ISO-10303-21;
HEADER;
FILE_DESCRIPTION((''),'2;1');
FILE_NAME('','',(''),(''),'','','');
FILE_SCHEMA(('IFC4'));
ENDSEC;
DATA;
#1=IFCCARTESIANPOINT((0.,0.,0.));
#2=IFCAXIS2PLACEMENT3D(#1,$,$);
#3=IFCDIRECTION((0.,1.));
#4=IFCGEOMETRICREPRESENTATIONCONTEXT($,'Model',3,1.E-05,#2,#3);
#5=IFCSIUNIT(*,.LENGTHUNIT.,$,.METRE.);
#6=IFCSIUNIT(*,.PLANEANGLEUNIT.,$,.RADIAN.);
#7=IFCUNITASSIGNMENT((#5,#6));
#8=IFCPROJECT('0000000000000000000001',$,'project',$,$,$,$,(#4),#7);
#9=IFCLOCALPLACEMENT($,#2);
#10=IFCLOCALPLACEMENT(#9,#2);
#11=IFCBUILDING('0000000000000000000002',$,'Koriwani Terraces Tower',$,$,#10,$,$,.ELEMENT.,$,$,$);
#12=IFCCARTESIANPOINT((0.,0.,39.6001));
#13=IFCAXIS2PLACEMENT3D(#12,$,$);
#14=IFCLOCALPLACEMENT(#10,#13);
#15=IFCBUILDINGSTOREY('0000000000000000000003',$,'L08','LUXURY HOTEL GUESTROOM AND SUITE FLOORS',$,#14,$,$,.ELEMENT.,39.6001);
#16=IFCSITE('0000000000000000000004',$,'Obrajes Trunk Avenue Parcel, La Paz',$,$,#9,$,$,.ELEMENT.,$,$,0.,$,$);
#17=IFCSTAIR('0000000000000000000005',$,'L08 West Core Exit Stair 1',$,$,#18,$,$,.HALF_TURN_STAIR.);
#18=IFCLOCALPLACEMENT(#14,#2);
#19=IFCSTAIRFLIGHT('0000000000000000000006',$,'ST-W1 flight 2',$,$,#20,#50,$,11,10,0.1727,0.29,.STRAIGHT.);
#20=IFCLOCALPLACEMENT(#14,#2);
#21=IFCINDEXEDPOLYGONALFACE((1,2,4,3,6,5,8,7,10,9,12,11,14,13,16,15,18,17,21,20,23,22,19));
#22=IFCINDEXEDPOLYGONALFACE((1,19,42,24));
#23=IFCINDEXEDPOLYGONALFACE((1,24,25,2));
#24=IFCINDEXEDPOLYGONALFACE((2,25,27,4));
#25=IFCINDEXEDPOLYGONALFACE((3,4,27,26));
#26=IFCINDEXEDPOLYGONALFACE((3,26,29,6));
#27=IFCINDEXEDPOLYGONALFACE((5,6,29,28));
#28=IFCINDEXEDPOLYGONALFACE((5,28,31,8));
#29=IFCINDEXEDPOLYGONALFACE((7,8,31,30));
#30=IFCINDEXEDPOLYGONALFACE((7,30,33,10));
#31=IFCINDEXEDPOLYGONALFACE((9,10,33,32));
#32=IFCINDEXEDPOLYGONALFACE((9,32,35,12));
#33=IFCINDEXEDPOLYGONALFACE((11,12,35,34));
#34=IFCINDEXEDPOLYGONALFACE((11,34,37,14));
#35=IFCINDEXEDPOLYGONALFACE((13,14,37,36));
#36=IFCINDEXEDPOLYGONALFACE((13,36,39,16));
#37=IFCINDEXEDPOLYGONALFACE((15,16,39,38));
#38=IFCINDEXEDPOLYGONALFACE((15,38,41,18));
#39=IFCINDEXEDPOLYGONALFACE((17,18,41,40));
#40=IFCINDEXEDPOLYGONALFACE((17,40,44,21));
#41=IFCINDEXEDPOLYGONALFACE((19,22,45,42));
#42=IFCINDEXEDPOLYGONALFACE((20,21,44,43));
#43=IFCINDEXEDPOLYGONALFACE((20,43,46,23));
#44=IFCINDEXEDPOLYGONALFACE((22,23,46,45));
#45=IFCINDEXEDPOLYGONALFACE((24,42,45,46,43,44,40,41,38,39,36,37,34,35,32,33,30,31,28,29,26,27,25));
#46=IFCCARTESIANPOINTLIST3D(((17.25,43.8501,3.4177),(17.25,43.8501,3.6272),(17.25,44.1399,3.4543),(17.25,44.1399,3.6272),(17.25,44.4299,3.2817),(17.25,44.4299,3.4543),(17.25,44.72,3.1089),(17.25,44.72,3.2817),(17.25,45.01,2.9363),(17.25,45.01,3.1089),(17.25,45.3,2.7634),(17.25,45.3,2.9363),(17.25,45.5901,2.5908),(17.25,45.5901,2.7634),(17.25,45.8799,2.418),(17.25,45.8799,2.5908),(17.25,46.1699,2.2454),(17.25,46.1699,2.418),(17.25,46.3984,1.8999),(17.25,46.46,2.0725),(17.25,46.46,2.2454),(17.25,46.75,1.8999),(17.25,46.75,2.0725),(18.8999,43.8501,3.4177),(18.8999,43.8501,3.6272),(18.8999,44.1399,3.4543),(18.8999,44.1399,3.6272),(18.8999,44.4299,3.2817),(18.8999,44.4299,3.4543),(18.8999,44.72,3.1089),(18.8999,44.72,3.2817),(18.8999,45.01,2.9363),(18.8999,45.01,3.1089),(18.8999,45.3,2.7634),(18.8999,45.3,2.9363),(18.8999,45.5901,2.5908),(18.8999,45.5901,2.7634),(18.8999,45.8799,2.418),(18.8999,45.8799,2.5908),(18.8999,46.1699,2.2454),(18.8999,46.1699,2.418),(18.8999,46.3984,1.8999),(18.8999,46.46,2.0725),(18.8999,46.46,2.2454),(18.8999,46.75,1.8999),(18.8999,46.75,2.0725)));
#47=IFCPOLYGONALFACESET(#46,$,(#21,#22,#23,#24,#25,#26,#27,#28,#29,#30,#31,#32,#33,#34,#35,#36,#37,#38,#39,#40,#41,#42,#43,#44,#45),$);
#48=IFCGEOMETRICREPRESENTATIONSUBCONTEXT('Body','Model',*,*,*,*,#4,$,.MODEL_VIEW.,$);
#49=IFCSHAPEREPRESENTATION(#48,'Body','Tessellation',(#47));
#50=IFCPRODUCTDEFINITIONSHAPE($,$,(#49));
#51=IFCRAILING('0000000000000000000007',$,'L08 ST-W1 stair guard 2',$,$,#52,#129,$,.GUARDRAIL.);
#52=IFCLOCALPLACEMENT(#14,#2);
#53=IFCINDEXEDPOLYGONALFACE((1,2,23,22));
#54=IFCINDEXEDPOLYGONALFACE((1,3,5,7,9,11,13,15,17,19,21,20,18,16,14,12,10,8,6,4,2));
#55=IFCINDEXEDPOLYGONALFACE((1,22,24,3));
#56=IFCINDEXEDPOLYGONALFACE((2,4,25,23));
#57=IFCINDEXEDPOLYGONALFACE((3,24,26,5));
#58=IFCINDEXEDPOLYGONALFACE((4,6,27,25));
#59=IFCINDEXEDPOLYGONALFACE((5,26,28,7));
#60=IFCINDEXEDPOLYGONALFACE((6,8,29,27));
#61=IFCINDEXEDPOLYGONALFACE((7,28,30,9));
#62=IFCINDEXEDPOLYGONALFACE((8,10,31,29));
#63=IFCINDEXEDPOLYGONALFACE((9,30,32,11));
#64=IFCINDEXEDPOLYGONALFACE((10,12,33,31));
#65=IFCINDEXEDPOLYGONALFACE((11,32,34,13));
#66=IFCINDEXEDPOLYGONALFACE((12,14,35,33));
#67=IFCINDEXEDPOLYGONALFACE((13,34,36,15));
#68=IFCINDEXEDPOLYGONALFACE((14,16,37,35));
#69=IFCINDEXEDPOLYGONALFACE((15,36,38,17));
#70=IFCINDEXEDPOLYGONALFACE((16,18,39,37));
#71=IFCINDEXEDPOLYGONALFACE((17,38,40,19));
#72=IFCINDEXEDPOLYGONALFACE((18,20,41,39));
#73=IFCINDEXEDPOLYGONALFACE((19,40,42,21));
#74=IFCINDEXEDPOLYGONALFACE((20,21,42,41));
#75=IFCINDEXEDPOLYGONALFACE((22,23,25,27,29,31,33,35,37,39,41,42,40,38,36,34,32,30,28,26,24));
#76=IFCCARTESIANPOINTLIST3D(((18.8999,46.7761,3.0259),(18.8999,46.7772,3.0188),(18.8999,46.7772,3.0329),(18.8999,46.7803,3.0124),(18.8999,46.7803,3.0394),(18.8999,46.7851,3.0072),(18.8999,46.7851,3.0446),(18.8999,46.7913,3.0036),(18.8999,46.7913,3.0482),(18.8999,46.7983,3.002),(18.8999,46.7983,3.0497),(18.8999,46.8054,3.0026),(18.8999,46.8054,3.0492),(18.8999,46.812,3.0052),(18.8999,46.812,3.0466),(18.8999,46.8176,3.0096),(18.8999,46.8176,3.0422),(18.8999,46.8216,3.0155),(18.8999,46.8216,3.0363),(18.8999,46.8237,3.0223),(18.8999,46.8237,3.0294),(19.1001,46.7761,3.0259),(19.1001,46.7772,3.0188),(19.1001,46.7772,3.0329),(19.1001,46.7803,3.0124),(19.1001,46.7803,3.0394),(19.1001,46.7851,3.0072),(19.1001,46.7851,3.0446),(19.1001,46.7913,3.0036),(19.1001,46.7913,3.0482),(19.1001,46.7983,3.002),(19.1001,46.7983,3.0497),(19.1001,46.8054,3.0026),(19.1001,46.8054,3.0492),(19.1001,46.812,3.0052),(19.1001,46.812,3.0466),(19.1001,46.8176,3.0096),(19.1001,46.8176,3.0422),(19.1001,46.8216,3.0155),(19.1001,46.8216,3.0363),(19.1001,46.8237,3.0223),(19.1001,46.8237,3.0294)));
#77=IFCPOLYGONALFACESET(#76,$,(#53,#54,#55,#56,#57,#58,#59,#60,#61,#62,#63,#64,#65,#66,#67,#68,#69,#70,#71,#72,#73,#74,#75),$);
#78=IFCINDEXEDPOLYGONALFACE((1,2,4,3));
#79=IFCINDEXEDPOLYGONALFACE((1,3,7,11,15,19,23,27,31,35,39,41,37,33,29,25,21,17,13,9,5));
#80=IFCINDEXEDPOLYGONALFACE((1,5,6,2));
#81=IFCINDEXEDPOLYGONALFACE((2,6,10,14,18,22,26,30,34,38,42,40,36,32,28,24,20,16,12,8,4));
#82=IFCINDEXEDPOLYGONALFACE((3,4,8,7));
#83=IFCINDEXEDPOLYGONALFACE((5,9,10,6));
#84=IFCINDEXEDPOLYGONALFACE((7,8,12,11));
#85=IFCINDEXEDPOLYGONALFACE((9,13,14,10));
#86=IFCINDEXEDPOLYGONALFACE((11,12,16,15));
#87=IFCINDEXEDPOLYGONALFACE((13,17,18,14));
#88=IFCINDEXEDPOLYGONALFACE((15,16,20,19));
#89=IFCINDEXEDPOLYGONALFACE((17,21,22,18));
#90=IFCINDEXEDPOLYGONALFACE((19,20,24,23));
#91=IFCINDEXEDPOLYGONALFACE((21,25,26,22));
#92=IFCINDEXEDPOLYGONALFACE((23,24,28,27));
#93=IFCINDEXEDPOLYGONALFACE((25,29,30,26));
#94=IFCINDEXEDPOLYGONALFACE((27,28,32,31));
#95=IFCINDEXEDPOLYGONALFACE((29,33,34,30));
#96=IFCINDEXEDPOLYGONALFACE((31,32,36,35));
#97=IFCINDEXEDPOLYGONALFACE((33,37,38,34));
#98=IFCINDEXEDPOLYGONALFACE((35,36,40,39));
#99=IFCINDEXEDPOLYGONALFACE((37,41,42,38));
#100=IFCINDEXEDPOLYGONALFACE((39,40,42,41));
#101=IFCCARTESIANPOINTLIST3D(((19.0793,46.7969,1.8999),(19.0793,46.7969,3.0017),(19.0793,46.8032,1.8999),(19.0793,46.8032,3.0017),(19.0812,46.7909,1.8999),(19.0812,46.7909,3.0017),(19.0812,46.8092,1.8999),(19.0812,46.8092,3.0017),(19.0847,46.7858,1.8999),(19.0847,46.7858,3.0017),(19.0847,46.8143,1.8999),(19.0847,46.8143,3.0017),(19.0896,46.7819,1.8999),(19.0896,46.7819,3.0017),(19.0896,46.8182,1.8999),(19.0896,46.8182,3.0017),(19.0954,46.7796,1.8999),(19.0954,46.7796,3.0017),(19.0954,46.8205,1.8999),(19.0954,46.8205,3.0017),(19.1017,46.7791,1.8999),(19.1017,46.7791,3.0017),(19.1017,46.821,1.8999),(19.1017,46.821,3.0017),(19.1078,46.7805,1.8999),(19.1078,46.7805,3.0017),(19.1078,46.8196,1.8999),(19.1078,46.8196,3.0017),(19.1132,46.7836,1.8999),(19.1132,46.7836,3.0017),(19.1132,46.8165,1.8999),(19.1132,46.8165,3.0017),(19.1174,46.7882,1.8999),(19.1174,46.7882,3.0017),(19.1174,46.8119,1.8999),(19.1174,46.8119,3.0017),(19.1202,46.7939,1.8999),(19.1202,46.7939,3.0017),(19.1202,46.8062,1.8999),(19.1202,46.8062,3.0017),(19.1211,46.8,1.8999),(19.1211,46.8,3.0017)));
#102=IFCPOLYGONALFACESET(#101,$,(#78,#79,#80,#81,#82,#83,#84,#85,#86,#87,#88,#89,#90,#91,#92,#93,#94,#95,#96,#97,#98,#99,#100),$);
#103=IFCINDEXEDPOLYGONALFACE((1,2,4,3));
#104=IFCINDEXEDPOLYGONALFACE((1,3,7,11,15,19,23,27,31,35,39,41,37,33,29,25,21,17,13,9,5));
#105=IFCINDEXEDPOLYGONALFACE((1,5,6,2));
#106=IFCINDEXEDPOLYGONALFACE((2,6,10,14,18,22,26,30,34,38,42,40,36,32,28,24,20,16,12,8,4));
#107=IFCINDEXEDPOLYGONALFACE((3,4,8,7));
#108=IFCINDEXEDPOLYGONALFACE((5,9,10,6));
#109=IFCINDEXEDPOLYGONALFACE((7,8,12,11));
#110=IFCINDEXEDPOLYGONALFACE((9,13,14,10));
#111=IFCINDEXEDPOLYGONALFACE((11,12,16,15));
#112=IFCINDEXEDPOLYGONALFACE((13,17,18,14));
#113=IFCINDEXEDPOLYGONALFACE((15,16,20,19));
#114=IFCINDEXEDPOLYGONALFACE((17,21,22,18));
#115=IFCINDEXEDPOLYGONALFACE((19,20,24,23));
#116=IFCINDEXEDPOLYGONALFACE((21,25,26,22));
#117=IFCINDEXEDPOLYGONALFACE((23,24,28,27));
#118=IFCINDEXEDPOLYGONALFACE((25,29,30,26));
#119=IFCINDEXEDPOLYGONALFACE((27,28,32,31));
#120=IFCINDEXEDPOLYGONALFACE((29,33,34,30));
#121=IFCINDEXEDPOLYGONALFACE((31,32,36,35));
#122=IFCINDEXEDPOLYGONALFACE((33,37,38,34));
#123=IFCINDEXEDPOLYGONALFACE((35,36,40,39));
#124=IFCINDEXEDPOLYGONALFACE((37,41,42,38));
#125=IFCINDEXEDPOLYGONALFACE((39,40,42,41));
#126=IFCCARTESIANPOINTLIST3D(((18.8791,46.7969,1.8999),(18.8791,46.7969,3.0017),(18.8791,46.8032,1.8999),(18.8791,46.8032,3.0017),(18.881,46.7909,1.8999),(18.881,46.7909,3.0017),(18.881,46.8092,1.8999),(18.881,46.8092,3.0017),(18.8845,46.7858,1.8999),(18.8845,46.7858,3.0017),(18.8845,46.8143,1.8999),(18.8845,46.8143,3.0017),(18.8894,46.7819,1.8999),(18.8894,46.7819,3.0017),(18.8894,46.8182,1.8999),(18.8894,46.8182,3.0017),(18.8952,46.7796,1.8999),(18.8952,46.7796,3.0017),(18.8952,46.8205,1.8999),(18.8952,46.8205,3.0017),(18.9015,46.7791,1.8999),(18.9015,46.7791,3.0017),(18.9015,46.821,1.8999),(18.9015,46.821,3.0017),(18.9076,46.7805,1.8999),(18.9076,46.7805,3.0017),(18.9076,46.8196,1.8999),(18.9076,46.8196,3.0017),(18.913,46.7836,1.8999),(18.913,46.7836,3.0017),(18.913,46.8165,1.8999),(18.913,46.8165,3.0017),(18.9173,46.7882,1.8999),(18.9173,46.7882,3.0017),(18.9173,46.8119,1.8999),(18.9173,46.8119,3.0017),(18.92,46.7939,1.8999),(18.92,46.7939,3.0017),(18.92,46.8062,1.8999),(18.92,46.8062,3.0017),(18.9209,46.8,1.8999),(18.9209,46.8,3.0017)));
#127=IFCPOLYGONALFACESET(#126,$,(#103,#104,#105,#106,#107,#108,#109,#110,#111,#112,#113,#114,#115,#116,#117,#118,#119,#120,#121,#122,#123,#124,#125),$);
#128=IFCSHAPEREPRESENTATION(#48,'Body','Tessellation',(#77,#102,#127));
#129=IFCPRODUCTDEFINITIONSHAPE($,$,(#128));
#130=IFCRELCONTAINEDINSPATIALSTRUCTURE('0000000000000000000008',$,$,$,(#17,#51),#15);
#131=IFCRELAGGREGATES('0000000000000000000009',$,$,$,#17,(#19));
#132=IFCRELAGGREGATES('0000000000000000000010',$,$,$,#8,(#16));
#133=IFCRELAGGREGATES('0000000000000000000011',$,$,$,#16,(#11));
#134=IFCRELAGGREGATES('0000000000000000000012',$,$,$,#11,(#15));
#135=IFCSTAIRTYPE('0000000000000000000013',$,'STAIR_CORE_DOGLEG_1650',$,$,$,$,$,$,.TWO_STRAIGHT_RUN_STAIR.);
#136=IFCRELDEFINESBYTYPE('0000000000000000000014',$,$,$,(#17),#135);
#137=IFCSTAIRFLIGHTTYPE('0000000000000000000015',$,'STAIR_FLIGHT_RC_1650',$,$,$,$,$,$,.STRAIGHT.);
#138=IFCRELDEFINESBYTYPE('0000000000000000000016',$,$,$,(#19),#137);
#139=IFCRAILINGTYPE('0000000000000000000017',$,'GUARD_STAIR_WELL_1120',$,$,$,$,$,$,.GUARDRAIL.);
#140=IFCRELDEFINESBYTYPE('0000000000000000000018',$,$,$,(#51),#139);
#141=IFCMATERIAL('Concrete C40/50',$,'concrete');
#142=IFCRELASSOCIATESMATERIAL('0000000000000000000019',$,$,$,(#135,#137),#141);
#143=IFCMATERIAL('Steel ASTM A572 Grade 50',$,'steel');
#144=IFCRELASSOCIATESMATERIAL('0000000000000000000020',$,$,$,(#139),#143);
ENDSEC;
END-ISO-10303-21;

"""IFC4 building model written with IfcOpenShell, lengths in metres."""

from ifc_helpers import new_model, si_unit, direction, frame, origin, origin_2d, place, context, subcontext, project, spatial, polyline, circle, outline, extrude, material, type_object, element, aggregate, save


model = new_model("IFC4")

# Units and contexts
model_context = context("Model", 3, precision=1e-05, world=origin(), true_north=direction((0.0, 1.0)))
body_context = subcontext(model_context, "Body", "Model", "MODEL_VIEW")
ifc_project = project(units=[si_unit("LENGTHUNIT", "METRE"), si_unit("PLANEANGLEUNIT", "RADIAN")], contexts=[model_context])

# Site, building, storey
site_placement = place(None, origin())
site = spatial("IfcSite", under=ifc_project, at=site_placement, Name="Obrajes Trunk Avenue Parcel, La Paz", CompositionType="ELEMENT", RefElevation=0.0)
building_placement = place(site_placement, origin())
building = spatial("IfcBuilding", under=site, at=building_placement, Name="Koriwani Terraces Tower", CompositionType="ELEMENT")
storey_placement = place(building_placement, frame((0.0, 0.0, 39.6001)))
storey = spatial("IfcBuildingStorey", under=building, at=storey_placement, Name="L08", Description="LUXURY HOTEL GUESTROOM AND SUITE FLOORS", CompositionType="ELEMENT", Elevation=39.6001)

# Shared definitions
ifc_material_1 = material(Name="Concrete C40/50", Category="concrete")

# Shared definitions
ifc_material_2 = material(Name="Steel ASTM A572 Grade 50", Category="steel")

# Stair, stair flight
stair_type = type_object("IfcStairType", Name="STAIR_CORE_DOGLEG_1650", PredefinedType="TWO_STRAIGHT_RUN_STAIR", material=ifc_material_1)
stair_placement = place(storey_placement, origin())
stair = element("IfcStair", 1, at=stair_placement, inside=storey, type_object=stair_type, Name="L08 West Core Exit Stair 1", PredefinedType="HALF_TURN_STAIR")
stair_flight_type = type_object("IfcStairFlightType", Name="STAIR_FLIGHT_RC_1650", PredefinedType="STRAIGHT", material=ifc_material_1)
stair_flight_placement = place(storey_placement, frame((18.075, 46.75, 1.8999), z_axis=(0.0, 0.0, 1.0), x_axis=(0.0, -1.0, 0.0)))
stair_flight = element("IfcStairFlight", 2, at=stair_flight_placement, type_object=stair_flight_type, Name="ST-W1 flight 2", NumberOfRisers=11, NumberOfTreads=10, PredefinedType="STRAIGHT", RiserHeight=0.1727, TreadLength=0.29, context=body_context, shape_type="SweptSolid", body=[
    extrude(outline(polyline([(0.0, 0.0), (0.0, 0.1726), (0.29, 0.1726), (0.29, 0.3455), (0.5801, 0.3455), (0.5801, 0.5181), (0.8701, 0.5181), (0.8701, 0.6909), (1.1599, 0.6909), (1.1599, 0.8635), (1.45, 0.8635), (1.45, 1.0364), (1.74, 1.0364), (1.74, 1.209), (2.03, 1.209), (2.03, 1.3818), (2.3201, 1.3818), (2.3201, 1.5544), (2.6101, 1.5544), (2.6101, 1.7273), (2.8999, 1.7273), (2.8999, 1.8999), (2.8999, 1.5178), (0.3516, 0.0), (0.0, 0.0)])), frame((0.0, 0.825, 0.0), z_axis=(0.0, -1.0, 0.0), x_axis=(1.0, 0.0, 0.0)), (0.0, 0.0, 1.0), 1.6499),
])
aggregate(stair, [stair_flight])

# Railing
railing_type = type_object("IfcRailingType", Name="GUARD_STAIR_WELL_1120", PredefinedType="GUARDRAIL", material=ifc_material_2)
railing_1_placement = place(storey_placement, frame((19.1001, 46.8, 1.8999)))
element("IfcRailing", 3, at=railing_1_placement, inside=storey, type_object=railing_type, Name="L08 ST-W1 stair guard 2", PredefinedType="GUARDRAIL", context=body_context, shape_type="SweptSolid", body=[
    extrude(circle(Radius=0.0239, at=origin_2d()), frame((0.0, 0.0, 1.126), z_axis=(-1.0, 0.0, 0.0), x_axis=(0.0, -1.0, 0.0)), (0.0, 0.0, 1.0), 0.2002),
    extrude(circle(Radius=0.021, at=origin_2d()), origin(), (0.0, 0.0, 1.0), 1.1018),
    extrude(circle(Radius=0.021, at=origin_2d()), frame((-0.2002, 0.0, 0.0)), (0.0, 0.0, 1.0), 1.1018),
])

save(model, "model.ifc")
